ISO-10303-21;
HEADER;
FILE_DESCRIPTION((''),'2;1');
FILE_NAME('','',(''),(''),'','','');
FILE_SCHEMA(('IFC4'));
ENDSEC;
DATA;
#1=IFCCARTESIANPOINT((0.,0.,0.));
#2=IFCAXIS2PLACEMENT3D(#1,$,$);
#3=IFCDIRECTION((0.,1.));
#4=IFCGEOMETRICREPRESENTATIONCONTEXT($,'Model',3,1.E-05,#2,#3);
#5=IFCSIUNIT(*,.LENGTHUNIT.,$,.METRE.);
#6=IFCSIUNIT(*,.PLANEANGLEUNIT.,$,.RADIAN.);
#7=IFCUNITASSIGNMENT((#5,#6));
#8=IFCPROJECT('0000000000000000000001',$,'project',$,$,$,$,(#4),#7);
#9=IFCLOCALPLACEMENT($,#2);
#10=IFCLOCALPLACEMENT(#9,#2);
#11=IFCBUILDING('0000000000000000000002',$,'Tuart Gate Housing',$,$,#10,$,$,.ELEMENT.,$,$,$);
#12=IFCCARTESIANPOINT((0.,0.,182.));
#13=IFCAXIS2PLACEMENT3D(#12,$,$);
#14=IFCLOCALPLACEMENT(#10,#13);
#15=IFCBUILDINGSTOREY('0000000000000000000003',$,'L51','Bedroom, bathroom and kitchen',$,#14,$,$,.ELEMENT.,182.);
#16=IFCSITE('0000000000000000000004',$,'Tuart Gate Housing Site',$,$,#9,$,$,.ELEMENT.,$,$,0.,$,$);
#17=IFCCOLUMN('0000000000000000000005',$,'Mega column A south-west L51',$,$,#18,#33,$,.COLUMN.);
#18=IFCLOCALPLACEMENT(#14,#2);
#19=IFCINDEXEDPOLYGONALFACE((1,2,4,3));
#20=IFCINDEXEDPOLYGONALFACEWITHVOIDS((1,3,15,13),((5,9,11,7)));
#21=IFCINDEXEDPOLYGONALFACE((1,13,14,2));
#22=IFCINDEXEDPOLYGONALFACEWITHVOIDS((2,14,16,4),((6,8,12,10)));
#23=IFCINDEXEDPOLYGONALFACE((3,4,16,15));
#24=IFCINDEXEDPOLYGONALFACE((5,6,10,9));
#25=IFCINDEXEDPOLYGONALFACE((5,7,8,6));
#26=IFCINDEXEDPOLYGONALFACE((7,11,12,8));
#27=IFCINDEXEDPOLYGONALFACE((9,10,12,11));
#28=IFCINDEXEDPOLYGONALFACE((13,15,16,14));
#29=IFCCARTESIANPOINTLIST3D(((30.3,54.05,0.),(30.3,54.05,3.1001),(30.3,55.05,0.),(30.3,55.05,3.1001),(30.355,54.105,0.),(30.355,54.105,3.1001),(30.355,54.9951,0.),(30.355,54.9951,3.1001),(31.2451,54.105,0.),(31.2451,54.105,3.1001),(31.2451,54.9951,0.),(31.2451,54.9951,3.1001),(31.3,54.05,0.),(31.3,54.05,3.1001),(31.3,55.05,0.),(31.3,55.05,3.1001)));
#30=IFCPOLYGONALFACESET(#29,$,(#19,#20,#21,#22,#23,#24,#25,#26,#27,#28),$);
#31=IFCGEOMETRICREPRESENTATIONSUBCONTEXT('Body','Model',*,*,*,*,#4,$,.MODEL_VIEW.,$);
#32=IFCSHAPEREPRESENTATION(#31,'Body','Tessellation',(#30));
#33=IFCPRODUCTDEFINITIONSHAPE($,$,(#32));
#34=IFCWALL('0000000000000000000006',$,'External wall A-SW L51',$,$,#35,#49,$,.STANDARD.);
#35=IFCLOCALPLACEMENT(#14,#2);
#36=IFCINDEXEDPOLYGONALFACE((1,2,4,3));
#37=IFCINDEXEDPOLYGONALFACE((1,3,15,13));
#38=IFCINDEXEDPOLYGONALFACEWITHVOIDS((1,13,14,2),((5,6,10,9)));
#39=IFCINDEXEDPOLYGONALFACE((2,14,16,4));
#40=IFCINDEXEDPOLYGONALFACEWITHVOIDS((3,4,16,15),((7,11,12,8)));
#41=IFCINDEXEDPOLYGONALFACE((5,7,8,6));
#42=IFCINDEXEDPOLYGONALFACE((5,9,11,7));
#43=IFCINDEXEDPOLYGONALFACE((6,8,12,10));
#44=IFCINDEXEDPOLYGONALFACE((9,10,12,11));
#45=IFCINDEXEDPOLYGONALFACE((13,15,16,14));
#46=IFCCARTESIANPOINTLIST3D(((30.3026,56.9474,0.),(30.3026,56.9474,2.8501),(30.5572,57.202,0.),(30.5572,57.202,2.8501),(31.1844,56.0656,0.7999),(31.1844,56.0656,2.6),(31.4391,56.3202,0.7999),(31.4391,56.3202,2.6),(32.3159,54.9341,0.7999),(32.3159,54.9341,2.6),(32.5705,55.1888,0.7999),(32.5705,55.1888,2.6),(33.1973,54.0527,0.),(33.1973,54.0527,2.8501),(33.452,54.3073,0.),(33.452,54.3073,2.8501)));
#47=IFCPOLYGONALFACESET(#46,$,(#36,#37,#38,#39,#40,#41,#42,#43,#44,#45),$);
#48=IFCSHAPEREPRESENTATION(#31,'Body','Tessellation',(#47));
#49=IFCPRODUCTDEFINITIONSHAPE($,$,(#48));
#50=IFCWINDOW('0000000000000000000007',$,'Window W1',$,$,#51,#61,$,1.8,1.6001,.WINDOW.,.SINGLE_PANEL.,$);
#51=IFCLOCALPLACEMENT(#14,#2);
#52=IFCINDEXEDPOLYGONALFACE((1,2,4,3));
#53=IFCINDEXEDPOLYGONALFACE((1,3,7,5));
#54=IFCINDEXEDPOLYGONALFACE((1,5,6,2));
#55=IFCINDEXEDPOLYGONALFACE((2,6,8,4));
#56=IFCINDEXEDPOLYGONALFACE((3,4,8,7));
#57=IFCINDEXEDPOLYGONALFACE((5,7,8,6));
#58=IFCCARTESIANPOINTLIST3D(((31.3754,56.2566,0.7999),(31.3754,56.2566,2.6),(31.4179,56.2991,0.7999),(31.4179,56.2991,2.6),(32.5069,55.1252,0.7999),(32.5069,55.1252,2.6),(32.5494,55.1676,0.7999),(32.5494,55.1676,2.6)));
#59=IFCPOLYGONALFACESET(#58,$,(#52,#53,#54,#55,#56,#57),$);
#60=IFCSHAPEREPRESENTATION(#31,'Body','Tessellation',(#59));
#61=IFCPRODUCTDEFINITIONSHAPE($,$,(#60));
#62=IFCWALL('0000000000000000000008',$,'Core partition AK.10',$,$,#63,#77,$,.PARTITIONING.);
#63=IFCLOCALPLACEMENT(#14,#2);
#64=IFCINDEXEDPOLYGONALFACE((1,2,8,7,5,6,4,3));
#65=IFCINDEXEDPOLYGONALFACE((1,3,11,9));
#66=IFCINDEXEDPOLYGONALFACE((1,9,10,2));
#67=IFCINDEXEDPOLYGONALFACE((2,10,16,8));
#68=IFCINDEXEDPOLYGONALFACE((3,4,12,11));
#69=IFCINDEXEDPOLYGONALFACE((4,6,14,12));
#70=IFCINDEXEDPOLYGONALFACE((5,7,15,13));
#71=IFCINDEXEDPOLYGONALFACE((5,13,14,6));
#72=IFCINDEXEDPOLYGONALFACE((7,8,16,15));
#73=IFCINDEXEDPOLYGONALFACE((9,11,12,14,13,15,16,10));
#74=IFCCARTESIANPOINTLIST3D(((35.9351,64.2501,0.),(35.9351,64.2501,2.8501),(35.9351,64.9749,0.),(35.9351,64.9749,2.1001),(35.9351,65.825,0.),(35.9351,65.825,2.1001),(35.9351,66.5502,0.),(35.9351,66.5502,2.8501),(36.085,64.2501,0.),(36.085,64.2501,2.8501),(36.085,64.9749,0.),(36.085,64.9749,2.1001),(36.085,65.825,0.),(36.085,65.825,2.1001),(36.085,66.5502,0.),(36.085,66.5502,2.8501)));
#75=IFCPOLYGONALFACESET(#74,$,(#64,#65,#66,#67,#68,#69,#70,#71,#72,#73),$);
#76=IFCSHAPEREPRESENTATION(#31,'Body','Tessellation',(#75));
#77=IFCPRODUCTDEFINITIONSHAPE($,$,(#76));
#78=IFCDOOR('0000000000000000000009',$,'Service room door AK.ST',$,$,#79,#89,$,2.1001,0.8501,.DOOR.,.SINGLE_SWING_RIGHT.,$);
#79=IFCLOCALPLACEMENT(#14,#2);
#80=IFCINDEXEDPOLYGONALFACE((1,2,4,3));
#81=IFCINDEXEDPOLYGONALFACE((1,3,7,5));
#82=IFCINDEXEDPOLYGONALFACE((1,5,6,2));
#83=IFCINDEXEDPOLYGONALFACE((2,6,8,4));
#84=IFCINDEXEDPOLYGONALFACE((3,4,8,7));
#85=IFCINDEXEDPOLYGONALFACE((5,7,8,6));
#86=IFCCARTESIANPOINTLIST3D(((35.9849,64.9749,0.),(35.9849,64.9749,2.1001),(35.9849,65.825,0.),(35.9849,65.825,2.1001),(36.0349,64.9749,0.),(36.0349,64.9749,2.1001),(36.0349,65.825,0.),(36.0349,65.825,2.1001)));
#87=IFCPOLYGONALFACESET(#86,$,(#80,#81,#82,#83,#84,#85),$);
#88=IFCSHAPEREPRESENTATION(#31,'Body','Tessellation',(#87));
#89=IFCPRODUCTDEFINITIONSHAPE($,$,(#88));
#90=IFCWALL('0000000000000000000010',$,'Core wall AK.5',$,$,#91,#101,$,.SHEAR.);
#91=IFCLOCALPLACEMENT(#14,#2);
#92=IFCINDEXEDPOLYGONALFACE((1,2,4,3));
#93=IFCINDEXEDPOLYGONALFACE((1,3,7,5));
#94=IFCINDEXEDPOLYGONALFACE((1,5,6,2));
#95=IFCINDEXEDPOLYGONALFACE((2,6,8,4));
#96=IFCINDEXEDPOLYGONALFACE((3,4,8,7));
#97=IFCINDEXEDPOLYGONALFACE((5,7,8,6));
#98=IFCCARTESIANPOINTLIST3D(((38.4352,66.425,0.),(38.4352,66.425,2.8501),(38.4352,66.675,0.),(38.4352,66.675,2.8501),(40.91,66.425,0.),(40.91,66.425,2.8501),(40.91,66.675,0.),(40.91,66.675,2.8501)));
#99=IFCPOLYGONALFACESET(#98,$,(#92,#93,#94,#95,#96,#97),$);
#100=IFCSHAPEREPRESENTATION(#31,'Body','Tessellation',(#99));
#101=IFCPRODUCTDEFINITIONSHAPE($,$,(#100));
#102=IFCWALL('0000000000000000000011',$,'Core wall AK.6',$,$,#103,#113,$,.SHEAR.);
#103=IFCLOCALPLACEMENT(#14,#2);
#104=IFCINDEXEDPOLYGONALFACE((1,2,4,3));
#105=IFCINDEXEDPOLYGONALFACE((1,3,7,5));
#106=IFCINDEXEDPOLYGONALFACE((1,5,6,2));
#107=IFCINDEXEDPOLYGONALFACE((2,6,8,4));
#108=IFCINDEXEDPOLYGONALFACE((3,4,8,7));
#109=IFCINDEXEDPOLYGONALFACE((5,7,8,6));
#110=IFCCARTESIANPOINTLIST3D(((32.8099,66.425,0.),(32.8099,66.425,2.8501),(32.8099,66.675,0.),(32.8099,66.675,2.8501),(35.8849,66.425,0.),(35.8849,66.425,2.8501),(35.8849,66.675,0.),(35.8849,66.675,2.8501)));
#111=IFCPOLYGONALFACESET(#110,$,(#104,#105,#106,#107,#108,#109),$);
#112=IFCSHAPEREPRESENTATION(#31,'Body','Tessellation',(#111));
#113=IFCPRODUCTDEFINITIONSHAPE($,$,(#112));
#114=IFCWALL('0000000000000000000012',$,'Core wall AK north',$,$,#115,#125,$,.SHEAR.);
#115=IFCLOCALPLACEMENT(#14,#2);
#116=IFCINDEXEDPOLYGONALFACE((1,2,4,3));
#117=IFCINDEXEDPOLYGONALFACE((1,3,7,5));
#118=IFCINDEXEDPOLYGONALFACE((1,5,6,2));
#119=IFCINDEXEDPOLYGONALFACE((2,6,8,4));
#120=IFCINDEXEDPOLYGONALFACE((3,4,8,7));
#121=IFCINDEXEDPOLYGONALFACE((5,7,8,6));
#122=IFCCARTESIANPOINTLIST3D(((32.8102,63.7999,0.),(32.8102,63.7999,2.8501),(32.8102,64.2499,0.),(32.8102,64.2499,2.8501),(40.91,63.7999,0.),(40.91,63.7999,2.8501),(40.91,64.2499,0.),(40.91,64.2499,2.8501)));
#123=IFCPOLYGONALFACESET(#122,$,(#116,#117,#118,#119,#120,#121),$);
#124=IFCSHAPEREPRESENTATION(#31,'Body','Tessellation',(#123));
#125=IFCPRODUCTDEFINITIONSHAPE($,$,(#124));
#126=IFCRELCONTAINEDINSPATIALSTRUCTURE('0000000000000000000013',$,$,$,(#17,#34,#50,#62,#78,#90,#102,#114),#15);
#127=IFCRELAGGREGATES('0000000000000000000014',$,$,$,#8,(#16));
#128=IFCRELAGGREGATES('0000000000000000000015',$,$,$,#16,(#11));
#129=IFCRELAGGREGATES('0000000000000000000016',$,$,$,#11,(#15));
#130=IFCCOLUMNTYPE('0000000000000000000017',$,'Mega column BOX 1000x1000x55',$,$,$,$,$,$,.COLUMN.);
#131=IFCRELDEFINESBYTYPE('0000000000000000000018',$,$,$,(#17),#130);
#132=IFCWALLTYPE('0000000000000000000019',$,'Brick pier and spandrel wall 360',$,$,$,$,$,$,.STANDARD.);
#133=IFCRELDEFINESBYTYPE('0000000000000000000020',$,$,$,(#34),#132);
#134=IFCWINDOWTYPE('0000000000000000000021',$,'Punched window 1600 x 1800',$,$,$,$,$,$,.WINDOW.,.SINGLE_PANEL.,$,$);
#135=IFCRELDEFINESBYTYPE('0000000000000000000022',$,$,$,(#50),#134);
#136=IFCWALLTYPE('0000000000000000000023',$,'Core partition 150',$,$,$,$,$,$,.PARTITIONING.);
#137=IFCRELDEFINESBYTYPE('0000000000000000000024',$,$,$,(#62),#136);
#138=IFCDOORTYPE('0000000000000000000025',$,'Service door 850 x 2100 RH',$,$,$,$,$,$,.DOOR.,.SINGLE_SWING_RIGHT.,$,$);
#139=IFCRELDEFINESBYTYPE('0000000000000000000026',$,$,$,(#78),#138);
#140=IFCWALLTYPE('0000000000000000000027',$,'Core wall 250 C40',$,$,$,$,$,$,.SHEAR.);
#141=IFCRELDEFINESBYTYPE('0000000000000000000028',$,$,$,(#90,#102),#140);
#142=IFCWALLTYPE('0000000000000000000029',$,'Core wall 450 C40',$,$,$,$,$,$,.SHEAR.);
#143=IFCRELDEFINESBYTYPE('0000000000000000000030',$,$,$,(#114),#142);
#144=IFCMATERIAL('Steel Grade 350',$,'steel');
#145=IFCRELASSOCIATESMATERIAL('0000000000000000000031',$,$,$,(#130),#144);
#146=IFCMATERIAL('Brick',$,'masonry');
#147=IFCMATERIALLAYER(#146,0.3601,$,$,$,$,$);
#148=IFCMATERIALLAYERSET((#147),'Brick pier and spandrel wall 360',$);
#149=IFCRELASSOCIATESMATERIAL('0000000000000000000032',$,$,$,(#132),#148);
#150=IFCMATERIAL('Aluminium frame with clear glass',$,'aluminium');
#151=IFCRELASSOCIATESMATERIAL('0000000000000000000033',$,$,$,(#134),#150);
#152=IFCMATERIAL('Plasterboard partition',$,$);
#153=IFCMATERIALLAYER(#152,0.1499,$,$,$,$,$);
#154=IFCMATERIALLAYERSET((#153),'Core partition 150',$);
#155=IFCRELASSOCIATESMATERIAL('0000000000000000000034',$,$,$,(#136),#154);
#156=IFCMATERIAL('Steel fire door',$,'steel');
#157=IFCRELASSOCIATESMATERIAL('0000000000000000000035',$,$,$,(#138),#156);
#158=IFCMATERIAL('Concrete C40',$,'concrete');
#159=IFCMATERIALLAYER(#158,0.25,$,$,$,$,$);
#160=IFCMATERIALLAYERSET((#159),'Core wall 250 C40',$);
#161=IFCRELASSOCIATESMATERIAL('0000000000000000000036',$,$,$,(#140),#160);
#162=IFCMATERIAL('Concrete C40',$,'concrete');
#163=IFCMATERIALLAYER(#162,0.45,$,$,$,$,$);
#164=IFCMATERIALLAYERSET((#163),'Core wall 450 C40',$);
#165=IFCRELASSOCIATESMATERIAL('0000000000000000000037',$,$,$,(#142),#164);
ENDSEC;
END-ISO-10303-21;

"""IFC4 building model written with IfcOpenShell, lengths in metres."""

from ifc_helpers import new_model, si_unit, direction, frame, frame_2d, origin, origin_2d, place, context, subcontext, project, spatial, rectangle, hollow_rectangle, extrude, material, layer, layer_set, material_profile, profile_set, type_object, element, fill, save


model = new_model("IFC4")

# Units and contexts
model_context = context("Model", 3, precision=1e-05, world=origin(), true_north=direction((0.0, 1.0)))
body_context = subcontext(model_context, "Body", "Model", "MODEL_VIEW")
ifc_project = project(units=[si_unit("LENGTHUNIT", "METRE"), si_unit("PLANEANGLEUNIT", "RADIAN")], contexts=[model_context])

# Site, building, storey
site_placement = place(None, origin())
site = spatial("IfcSite", under=ifc_project, at=site_placement, Name="Tuart Gate Housing Site", CompositionType="ELEMENT", RefElevation=0.0)
building_placement = place(site_placement, origin())
building = spatial("IfcBuilding", under=site, at=building_placement, Name="Tuart Gate Housing", CompositionType="ELEMENT")
storey_placement = place(building_placement, frame((0.0, 0.0, 182.0)))
storey = spatial("IfcBuildingStorey", under=building, at=storey_placement, Name="L51", Description="Bedroom, bathroom and kitchen", CompositionType="ELEMENT", Elevation=182.0)

# Column
ifc_material_1 = material(Name="Steel Grade 350", Category="steel")
ifc_material_profile = material_profile(ifc_material_1, hollow_rectangle(XDim=1.0, YDim=1.0, WallThickness=0.0549, at=origin_2d()), Name="BOX 1000x1000x55")
ifc_profile_set = profile_set([ifc_material_profile], Name="Steel Grade 350")
column_type = type_object("IfcColumnType", Name="Mega column BOX 1000x1000x55", PredefinedType="COLUMN", material=ifc_profile_set)
column_placement = place(storey_placement, frame((30.8, 54.55, 0.0), z_axis=(0.0, 0.0, 1.0), x_axis=(1.0, 0.0, 0.0)))
element("IfcColumn", 1, at=column_placement, inside=storey, type_object=column_type, Name="Mega column A south-west L51", PredefinedType="COLUMN", context=body_context, shape_type="SweptSolid", body=[
    extrude(hollow_rectangle(XDim=1.0, YDim=1.0, WallThickness=0.0549, at=origin_2d()), origin(), (0.0, 0.0, 1.0), 3.1001),
])

# Wall, opening, window
ifc_material_2 = material(Name="Brick", Category="masonry")
ifc_layer_1 = layer(ifc_material_2, 0.3601)
ifc_layer_set_1 = layer_set([ifc_layer_1], Name="Brick pier and spandrel wall 360")
wall_type_1 = type_object("IfcWallType", Name="Brick pier and spandrel wall 360", PredefinedType="STANDARD", material=ifc_layer_set_1)
wall_1_placement = place(storey_placement, frame((30.4299, 57.0747, 0.0), z_axis=(0.0, 0.0, 1.0), x_axis=(0.707107, -0.707107, 0.0)))
wall_1 = element("IfcWall", 2, at=wall_1_placement, inside=storey, type_object=wall_type_1, Name="External wall A-SW L51", PredefinedType="STANDARD", context=body_context, shape_type="SweptSolid", body=[
    extrude(rectangle(XDim=4.0938, YDim=0.3601, at=frame_2d((2.0469, 0.0))), origin(), (0.0, 0.0, 1.0), 2.8501),
])
opening_1_placement = place(wall_1_placement, frame((1.2471, 0.0, 0.8)))
opening_1 = element("IfcOpeningElement", 3, at=opening_1_placement, cuts=wall_1, PredefinedType="OPENING", context=body_context, shape_type="SweptSolid", body=[
    extrude(rectangle(XDim=1.6001, YDim=1.8, at=frame_2d((0.8, 0.8999))), frame((0.0, 0.1899, 0.0), z_axis=(0.0, -1.0, 0.0), x_axis=(1.0, 0.0, 0.0)), (0.0, 0.0, 1.0), 0.3801),
])
ifc_material_3 = material(Name="Aluminium frame with clear glass", Category="aluminium")
window_type = type_object("IfcWindowType", Name="Punched window 1600 x 1800", PartitioningType="SINGLE_PANEL", PredefinedType="WINDOW", material=ifc_material_3)
window_placement = place(opening_1_placement, origin())
window = element("IfcWindow", 4, at=window_placement, inside=storey, type_object=window_type, Name="Window W1", OverallHeight=1.8, OverallWidth=1.6001, PartitioningType="SINGLE_PANEL", PredefinedType="WINDOW", context=body_context, shape_type="SweptSolid", body=[
    extrude(rectangle(XDim=1.6001, YDim=1.8, at=frame_2d((0.8, 0.8999))), frame((0.0, 0.1501, 0.0), z_axis=(0.0, -1.0, 0.0), x_axis=(1.0, 0.0, 0.0)), (0.0, 0.0, 1.0), 0.0601),
])
fill(opening_1, window)

# Wall, opening, door
ifc_material_4 = material(Name="Plasterboard partition")
ifc_layer_2 = layer(ifc_material_4, 0.1499)
ifc_layer_set_2 = layer_set([ifc_layer_2], Name="Core partition 150")
wall_type_2 = type_object("IfcWallType", Name="Core partition 150", PredefinedType="PARTITIONING", material=ifc_layer_set_2)
wall_2_placement = place(storey_placement, frame((36.01, 66.55, 0.0), z_axis=(0.0, 0.0, 1.0), x_axis=(0.0, -1.0, 0.0)))
wall_2 = element("IfcWall", 5, at=wall_2_placement, inside=storey, type_object=wall_type_2, Name="Core partition AK.10", PredefinedType="PARTITIONING", context=body_context, shape_type="SweptSolid", body=[
    extrude(rectangle(XDim=2.3, YDim=0.1499, at=frame_2d((1.1499, 0.0))), origin(), (0.0, 0.0, 1.0), 2.8501),
])
opening_2_placement = place(wall_2_placement, frame((0.7251, 0.0, 0.0)))
opening_2 = element("IfcOpeningElement", 6, at=opening_2_placement, cuts=wall_2, PredefinedType="OPENING", context=body_context, shape_type="SweptSolid", body=[
    extrude(rectangle(XDim=0.8501, YDim=2.1001, at=frame_2d((0.425, 1.05))), frame((0.0, 0.085, 0.0), z_axis=(0.0, -1.0, 0.0), x_axis=(1.0, 0.0, 0.0)), (0.0, 0.0, 1.0), 0.1699),
])
ifc_material_5 = material(Name="Steel fire door", Category="steel")
door_type_1 = type_object("IfcDoorType", Name="Service door 850 x 2100 RH", OperationType="SINGLE_SWING_RIGHT", PredefinedType="DOOR", material=ifc_material_5)
door_1_placement = place(opening_2_placement, frame((0.8501, 0.0, 0.0), z_axis=(0.0, 0.0, 1.0), x_axis=(-1.0, 0.0, 0.0)))
door_1 = element("IfcDoor", 7, at=door_1_placement, inside=storey, type_object=door_type_1, Name="Service room door AK.ST", OperationType="SINGLE_SWING_RIGHT", OverallHeight=2.1001, OverallWidth=0.8501, PredefinedType="DOOR", context=body_context, shape_type="SweptSolid", body=[
    extrude(rectangle(XDim=0.8501, YDim=2.1001, at=frame_2d((0.425, 1.05))), frame((0.0, 0.0251, 0.0), z_axis=(0.0, -1.0, 0.0), x_axis=(1.0, 0.0, 0.0)), (0.0, 0.0, 1.0), 0.05),
])
fill(opening_2, door_1)

# Walls
ifc_material_6 = material(Name="Concrete C40", Category="concrete")
ifc_layer_3 = layer(ifc_material_6, 0.25)
ifc_layer_set_3 = layer_set([ifc_layer_3], Name="Core wall 250 C40")
wall_type_3 = type_object("IfcWallType", Name="Core wall 250 C40", PredefinedType="SHEAR", material=ifc_layer_set_3)
wall_3_placement = place(storey_placement, frame((40.9099, 66.55, 0.0), z_axis=(0.0, 0.0, 1.0), x_axis=(-1.0, 0.0, 0.0)))
element("IfcWall", 8, at=wall_3_placement, inside=storey, type_object=wall_type_3, Name="Core wall AK.5", PredefinedType="SHEAR", context=body_context, shape_type="SweptSolid", body=[
    extrude(rectangle(XDim=2.4749, YDim=0.25, at=frame_2d((1.2373, 0.0))), origin(), (0.0, 0.0, 1.0), 2.8501),
])
wall_4_placement = place(storey_placement, frame((35.885, 66.55, 0.0), z_axis=(0.0, 0.0, 1.0), x_axis=(-1.0, 0.0, 0.0)))
element("IfcWall", 9, at=wall_4_placement, inside=storey, type_object=wall_type_3, Name="Core wall AK.6", PredefinedType="SHEAR", context=body_context, shape_type="SweptSolid", body=[
    extrude(rectangle(XDim=3.075, YDim=0.25, at=frame_2d((1.5376, 0.0))), origin(), (0.0, 0.0, 1.0), 2.8501),
])
ifc_material_7 = material(Name="Concrete C40", Category="concrete")
ifc_layer_4 = layer(ifc_material_7, 0.45)
ifc_layer_set_4 = layer_set([ifc_layer_4], Name="Core wall 450 C40")
wall_type_4 = type_object("IfcWallType", Name="Core wall 450 C40", PredefinedType="SHEAR", material=ifc_layer_set_4)
wall_5_placement = place(storey_placement, frame((40.9099, 64.0249, 0.0), z_axis=(0.0, 0.0, 1.0), x_axis=(-1.0, 0.0, 0.0)))
element("IfcWall", 10, at=wall_5_placement, inside=storey, type_object=wall_type_4, Name="Core wall AK north", PredefinedType="SHEAR", context=body_context, shape_type="SweptSolid", body=[
    extrude(rectangle(XDim=8.0999, YDim=0.45, at=frame_2d((4.0498, 0.0))), origin(), (0.0, 0.0, 1.0), 2.8501),
])

save(model, "model.ifc")
